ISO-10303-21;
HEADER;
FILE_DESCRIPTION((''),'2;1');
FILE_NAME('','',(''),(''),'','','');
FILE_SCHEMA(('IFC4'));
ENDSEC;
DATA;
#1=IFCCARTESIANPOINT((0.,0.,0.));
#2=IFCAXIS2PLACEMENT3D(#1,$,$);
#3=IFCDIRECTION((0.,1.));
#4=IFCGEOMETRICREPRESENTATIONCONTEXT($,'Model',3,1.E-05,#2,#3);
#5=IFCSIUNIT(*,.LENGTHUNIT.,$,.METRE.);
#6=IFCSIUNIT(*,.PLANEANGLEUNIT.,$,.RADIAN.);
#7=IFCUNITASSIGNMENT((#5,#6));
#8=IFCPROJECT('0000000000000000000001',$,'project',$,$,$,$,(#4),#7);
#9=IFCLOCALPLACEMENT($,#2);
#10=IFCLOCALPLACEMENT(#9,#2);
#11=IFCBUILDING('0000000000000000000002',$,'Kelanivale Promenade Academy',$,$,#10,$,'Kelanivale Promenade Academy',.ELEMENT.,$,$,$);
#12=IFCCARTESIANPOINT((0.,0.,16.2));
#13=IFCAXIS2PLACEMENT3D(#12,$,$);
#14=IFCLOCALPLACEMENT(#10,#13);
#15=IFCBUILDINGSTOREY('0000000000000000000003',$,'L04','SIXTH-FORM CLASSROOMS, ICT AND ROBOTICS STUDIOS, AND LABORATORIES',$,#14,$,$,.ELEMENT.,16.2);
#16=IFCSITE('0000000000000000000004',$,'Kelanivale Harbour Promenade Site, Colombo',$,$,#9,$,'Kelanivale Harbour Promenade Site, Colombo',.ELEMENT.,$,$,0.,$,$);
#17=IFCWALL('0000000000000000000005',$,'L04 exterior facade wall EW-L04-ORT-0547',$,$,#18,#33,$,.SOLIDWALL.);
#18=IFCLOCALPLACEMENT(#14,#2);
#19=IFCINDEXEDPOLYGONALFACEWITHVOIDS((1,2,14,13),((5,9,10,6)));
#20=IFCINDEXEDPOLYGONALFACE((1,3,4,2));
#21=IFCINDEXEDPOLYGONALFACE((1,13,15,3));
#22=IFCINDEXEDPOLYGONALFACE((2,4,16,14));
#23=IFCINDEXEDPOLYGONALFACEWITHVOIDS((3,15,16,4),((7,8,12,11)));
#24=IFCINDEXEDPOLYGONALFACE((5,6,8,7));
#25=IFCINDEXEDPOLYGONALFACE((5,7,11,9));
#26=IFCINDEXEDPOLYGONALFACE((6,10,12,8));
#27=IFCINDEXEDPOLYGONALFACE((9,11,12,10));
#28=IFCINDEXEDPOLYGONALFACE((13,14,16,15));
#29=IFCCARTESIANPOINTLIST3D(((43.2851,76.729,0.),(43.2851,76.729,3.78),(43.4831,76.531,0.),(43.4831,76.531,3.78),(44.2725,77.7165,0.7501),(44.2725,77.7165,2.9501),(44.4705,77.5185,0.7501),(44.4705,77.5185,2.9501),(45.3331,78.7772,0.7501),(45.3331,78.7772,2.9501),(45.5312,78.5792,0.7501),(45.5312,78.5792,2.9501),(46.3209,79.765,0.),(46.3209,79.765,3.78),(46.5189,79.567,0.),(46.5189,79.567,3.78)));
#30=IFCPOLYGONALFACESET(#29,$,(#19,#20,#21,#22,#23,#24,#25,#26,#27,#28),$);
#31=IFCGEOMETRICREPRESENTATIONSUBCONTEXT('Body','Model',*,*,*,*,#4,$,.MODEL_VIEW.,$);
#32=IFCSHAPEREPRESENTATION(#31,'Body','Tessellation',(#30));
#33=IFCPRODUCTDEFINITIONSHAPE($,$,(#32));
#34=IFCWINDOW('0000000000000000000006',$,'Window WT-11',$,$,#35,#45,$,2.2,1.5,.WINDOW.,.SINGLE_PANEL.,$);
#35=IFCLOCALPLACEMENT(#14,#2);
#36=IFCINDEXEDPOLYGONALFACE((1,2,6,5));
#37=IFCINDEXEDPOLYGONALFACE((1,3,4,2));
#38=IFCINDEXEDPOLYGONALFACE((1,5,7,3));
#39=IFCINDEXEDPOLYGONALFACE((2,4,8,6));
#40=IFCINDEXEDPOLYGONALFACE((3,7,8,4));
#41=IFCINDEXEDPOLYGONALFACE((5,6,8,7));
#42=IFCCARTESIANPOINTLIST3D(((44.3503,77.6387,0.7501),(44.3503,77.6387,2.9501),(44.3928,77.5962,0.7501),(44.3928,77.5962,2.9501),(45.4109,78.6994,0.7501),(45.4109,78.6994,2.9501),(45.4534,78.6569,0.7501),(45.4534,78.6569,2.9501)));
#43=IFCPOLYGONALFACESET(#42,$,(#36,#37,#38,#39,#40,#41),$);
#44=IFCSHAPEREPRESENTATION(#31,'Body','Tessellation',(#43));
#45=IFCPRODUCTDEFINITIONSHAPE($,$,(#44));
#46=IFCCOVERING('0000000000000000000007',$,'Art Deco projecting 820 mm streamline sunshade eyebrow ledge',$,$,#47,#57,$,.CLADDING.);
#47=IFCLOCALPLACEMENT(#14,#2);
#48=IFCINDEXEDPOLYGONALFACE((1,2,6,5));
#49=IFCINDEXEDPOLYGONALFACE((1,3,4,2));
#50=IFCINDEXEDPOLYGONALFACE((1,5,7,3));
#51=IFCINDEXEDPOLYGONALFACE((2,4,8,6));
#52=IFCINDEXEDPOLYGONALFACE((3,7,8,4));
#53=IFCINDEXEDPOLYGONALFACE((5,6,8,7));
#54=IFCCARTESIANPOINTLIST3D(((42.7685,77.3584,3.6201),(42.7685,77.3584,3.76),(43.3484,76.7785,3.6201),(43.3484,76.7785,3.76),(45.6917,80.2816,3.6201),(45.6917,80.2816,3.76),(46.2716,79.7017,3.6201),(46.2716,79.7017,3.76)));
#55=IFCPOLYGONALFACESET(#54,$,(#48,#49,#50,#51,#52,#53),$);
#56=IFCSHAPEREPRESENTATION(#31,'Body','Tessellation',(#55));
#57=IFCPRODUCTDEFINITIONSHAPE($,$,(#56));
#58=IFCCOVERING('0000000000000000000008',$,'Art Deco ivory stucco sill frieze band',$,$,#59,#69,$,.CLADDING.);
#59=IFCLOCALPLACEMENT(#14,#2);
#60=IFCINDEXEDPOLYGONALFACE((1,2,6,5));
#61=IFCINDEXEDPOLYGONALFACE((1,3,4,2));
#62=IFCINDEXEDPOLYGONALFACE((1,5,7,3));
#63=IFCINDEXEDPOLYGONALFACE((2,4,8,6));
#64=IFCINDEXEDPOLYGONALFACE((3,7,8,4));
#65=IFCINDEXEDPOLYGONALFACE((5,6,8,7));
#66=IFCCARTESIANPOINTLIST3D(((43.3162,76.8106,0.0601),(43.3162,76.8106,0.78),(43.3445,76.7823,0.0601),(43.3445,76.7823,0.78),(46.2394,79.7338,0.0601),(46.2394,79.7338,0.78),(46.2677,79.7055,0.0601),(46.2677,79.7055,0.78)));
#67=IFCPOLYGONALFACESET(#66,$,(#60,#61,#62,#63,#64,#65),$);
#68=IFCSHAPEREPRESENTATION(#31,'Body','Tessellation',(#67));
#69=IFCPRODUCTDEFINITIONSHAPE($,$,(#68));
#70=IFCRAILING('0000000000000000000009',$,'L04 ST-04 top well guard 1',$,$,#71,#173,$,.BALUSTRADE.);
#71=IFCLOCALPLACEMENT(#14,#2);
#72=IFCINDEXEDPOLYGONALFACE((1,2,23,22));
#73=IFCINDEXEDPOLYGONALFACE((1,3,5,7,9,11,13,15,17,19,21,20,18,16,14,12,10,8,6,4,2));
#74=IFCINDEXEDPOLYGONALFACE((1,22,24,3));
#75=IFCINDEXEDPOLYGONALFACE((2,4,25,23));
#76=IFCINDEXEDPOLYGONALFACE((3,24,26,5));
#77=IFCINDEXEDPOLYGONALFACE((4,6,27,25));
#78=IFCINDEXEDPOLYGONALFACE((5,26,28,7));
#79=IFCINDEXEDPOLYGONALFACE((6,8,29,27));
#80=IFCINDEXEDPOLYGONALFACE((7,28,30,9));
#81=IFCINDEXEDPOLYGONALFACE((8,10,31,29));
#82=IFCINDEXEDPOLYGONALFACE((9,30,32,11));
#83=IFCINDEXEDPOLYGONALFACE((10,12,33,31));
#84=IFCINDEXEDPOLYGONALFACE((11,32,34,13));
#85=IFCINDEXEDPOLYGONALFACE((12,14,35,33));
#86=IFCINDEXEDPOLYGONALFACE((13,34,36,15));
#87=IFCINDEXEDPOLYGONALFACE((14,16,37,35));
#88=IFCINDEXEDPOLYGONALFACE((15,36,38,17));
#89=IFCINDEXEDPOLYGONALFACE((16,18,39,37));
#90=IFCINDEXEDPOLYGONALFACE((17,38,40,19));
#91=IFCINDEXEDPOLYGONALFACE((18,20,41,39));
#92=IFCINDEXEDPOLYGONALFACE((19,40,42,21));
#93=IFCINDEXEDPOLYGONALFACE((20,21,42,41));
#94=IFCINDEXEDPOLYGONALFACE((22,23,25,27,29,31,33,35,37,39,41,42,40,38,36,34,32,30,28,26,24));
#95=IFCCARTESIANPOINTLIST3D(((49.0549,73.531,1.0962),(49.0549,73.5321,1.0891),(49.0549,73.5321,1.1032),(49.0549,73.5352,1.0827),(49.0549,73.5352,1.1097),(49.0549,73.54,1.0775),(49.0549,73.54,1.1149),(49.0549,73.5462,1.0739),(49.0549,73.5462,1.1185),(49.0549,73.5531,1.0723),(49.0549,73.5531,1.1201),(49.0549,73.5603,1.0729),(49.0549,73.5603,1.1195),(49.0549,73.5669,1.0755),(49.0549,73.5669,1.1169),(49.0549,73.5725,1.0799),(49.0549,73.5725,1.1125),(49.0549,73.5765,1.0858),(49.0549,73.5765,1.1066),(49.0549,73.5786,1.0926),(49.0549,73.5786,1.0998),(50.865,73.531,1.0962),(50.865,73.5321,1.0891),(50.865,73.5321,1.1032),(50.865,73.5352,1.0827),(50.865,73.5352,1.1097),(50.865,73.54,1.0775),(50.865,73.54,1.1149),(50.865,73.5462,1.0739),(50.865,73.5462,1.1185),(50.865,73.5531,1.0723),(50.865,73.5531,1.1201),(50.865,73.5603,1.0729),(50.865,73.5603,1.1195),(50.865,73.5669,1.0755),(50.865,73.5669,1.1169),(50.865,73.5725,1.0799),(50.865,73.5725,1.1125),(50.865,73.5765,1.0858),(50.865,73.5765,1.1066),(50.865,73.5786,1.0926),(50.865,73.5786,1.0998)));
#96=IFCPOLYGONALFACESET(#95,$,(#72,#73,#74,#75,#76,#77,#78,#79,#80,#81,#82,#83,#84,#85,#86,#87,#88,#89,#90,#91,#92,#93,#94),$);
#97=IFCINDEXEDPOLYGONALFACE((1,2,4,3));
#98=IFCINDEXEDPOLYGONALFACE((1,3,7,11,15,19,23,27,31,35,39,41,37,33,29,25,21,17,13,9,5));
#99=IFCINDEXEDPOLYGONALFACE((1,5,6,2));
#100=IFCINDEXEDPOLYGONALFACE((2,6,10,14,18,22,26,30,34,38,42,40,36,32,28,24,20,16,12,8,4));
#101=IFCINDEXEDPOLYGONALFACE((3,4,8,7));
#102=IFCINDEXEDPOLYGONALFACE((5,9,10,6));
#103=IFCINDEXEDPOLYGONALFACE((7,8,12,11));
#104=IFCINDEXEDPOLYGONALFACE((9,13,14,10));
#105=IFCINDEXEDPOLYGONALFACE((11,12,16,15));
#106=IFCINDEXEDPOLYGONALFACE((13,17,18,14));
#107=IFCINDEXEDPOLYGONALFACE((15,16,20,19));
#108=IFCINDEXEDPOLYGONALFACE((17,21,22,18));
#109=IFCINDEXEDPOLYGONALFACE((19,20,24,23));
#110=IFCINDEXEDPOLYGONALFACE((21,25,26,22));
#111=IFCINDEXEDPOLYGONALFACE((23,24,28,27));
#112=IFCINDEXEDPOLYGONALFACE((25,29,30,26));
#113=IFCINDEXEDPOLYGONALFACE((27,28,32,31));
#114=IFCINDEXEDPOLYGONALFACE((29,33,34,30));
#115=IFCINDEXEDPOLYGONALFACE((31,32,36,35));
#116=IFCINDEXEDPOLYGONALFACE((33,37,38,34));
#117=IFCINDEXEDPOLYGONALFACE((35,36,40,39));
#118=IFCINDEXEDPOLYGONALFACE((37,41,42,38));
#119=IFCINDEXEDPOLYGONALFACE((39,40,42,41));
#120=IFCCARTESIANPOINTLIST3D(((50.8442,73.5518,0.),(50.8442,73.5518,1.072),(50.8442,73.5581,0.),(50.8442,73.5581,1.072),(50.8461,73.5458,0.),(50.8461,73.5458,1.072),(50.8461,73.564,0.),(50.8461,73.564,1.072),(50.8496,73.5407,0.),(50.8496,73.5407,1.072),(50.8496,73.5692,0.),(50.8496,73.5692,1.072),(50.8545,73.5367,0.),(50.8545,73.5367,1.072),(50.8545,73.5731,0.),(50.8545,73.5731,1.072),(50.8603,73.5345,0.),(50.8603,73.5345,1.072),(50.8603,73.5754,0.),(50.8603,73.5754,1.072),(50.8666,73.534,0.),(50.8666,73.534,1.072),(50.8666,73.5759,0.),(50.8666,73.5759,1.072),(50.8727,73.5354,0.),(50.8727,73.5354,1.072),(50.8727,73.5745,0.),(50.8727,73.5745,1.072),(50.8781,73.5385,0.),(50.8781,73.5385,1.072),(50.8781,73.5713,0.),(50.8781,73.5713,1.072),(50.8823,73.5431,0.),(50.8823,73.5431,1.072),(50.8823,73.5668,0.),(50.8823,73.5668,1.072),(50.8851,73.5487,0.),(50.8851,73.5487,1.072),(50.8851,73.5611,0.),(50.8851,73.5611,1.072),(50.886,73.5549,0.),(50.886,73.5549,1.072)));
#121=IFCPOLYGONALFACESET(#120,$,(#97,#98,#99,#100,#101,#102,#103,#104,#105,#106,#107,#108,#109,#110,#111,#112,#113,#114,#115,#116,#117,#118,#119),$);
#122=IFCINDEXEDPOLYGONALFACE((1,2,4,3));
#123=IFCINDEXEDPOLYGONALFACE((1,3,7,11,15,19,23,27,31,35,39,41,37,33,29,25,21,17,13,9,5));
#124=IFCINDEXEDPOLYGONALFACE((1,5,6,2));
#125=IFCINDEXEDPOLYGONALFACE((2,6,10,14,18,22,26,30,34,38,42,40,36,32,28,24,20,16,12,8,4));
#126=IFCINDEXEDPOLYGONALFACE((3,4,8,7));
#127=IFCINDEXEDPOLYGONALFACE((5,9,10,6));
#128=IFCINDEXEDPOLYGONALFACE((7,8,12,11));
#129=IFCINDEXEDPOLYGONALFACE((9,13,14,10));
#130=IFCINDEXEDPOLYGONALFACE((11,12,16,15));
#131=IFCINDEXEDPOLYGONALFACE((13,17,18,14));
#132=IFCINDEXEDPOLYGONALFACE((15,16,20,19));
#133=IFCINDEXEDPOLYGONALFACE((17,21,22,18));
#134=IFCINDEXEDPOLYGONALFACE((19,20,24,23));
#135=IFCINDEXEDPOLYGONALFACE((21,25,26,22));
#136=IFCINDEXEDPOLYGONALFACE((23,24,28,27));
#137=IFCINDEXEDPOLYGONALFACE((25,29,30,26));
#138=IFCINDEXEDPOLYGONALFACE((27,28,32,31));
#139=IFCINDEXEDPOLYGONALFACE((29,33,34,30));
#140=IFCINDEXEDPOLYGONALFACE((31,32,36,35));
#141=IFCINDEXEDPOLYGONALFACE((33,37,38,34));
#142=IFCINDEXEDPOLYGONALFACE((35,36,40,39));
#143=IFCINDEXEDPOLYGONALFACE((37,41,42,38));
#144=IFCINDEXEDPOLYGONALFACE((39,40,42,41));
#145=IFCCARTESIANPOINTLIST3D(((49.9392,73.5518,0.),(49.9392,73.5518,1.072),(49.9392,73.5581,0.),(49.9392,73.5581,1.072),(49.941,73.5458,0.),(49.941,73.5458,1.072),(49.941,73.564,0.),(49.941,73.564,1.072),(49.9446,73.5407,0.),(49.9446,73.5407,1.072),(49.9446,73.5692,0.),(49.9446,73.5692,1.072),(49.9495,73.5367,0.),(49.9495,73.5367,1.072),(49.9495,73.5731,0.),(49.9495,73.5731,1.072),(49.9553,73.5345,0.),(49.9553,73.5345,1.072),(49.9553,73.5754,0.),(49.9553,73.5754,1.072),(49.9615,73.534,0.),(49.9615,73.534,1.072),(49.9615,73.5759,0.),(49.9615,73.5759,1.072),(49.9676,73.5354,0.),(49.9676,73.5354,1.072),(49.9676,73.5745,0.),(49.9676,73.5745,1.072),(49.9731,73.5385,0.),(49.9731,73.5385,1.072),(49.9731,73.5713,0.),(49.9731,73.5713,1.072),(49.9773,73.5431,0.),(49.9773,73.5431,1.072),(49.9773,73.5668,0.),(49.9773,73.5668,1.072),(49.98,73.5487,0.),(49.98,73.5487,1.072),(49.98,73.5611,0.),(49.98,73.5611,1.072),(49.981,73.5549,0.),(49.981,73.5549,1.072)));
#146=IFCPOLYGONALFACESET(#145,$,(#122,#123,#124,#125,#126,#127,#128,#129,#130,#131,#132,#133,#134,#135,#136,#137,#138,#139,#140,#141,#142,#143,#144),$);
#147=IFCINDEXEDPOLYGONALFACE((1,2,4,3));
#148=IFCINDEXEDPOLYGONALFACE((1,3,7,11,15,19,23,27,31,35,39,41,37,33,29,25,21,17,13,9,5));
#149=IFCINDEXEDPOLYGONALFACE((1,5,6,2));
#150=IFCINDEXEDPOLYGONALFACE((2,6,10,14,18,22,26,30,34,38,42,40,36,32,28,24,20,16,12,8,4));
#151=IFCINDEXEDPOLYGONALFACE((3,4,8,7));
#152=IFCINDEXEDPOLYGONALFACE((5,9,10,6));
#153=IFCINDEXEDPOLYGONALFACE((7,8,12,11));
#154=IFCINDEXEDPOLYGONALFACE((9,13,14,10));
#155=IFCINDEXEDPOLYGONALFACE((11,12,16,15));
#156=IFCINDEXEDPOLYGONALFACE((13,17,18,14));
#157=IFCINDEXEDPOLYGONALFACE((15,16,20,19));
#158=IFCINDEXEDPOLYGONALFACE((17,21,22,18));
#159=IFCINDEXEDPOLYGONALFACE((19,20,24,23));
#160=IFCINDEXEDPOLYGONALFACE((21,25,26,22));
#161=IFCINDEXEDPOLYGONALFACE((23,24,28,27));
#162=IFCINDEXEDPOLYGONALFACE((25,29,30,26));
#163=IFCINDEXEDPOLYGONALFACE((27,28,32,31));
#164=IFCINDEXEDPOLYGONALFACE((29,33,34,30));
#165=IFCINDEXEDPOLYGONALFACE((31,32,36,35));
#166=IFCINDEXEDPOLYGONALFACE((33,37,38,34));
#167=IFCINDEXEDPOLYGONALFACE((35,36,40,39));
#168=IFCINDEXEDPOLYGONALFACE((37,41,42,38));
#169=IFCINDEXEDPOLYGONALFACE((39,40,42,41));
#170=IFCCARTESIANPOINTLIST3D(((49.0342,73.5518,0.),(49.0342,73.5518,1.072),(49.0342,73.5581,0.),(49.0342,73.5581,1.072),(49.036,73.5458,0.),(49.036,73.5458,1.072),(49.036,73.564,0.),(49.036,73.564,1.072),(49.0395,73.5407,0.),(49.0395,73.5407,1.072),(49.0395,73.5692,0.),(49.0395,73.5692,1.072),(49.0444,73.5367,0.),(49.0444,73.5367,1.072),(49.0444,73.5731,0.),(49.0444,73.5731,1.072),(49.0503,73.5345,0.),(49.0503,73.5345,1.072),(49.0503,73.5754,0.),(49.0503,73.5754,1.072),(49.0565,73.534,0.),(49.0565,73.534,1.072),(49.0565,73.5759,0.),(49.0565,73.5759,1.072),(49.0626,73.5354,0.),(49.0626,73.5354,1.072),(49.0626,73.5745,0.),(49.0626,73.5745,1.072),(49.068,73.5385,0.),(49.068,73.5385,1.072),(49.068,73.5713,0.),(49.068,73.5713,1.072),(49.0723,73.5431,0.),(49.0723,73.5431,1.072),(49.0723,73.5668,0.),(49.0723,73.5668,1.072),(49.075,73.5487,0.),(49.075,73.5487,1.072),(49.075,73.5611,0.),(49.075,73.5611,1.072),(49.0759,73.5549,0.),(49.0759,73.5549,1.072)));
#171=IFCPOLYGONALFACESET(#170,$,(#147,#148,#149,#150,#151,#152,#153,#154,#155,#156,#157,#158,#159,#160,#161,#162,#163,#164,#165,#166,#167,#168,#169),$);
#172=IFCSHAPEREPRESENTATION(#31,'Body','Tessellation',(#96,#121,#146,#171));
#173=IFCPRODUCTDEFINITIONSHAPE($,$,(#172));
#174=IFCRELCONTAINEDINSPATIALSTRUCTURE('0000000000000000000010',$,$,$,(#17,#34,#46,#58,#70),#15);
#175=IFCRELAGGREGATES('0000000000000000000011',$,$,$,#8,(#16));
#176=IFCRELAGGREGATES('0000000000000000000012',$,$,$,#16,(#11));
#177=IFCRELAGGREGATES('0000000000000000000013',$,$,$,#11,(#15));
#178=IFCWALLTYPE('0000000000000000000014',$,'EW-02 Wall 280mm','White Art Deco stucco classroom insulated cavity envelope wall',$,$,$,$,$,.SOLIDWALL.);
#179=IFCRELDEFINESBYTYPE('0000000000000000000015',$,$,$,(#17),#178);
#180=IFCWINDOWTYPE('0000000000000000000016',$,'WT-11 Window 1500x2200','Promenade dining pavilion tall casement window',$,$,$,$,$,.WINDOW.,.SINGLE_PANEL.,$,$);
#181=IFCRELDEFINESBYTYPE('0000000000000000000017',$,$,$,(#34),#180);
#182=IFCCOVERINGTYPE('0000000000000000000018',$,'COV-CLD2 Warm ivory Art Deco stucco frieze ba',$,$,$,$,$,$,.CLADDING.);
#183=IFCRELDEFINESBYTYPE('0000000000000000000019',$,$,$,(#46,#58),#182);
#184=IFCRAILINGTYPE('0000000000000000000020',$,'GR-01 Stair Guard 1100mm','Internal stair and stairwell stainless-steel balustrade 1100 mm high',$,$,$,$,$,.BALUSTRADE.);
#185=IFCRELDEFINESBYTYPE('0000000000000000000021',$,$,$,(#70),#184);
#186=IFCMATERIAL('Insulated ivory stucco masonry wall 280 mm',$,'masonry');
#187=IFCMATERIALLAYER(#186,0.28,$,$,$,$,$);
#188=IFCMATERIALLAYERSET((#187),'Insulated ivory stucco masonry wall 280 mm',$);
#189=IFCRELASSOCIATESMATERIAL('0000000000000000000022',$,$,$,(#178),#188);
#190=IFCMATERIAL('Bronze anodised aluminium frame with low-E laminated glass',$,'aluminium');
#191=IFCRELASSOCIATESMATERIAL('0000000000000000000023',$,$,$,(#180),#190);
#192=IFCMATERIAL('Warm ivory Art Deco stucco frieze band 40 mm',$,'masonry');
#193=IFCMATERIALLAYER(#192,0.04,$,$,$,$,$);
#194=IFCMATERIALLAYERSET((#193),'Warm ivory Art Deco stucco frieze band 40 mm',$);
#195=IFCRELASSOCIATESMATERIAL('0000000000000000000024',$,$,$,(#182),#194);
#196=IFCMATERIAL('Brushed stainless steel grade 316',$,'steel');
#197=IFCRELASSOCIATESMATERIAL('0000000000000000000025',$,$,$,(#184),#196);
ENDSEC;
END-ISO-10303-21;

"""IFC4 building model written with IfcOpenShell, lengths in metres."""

from ifc_helpers import new_model, si_unit, direction, frame, frame_2d, origin, origin_2d, place, context, subcontext, project, spatial, rectangle, circle, extrude, material, layer, layer_set, type_object, element, fill, save


model = new_model("IFC4")

# Units and contexts
model_context = context("Model", 3, precision=1e-05, world=origin(), true_north=direction((0.0, 1.0)))
body_context = subcontext(model_context, "Body", "Model", "MODEL_VIEW")
ifc_project = project(units=[si_unit("LENGTHUNIT", "METRE"), si_unit("PLANEANGLEUNIT", "RADIAN")], contexts=[model_context])

# Site, building, storey
site_placement = place(None, origin())
site = spatial("IfcSite", under=ifc_project, at=site_placement, Name="Kelanivale Harbour Promenade Site, Colombo", LongName="Kelanivale Harbour Promenade Site, Colombo", CompositionType="ELEMENT", RefElevation=0.0)
building_placement = place(site_placement, origin())
building = spatial("IfcBuilding", under=site, at=building_placement, Name="Kelanivale Promenade Academy", LongName="Kelanivale Promenade Academy", CompositionType="ELEMENT")
storey_placement = place(building_placement, frame((0.0, 0.0, 16.2)))
storey = spatial("IfcBuildingStorey", under=building, at=storey_placement, Name="L04", Description="SIXTH-FORM CLASSROOMS, ICT AND ROBOTICS STUDIOS, AND LABORATORIES", CompositionType="ELEMENT", Elevation=16.2)

# Shared definitions
ifc_material_1 = material(Name="Insulated ivory stucco masonry wall 280 mm", Category="masonry")
ifc_layer_1 = layer(ifc_material_1, 0.28)
ifc_layer_set_1 = layer_set([ifc_layer_1], Name="Insulated ivory stucco masonry wall 280 mm")
wall_type_1 = type_object("IfcWallType", Name="EW-02 Wall 280mm", Description="White Art Deco stucco classroom insulated cavity envelope wall", PredefinedType="SOLIDWALL", material=ifc_layer_set_1)

# Wall, opening, window
wall_1_placement = place(storey_placement, frame((46.4199, 79.666, 0.0), z_axis=(0.0, 0.0, 1.0), x_axis=(-0.707078, -0.707135, 0.0)))
wall_1 = element("IfcWall", 1, at=wall_1_placement, inside=storey, type_object=wall_type_1, Name="L04 exterior facade wall EW-L04-ORT-0547", PredefinedType="SOLIDWALL", context=body_context, shape_type="SweptSolid", body=[
    extrude(rectangle(XDim=4.2935, YDim=0.28, at=frame_2d((2.1467, 0.0))), origin(), (0.0, 0.0, 1.0), 3.78),
])
opening_1_placement = place(wall_1_placement, frame((1.397, 0.0, 0.75)))
opening_1 = element("IfcOpeningElement", 2, at=opening_1_placement, cuts=wall_1, PredefinedType="OPENING", context=body_context, shape_type="SweptSolid", body=[
    extrude(rectangle(XDim=1.5, YDim=2.2, at=frame_2d((0.75, 1.1001))), frame((0.0, 0.1499, 0.0), z_axis=(0.0, -1.0, 0.0), x_axis=(1.0, 0.0, 0.0)), (0.0, 0.0, 1.0), 0.3),
])
ifc_material_2 = material(Name="Bronze anodised aluminium frame with low-E laminated glass", Category="aluminium")
window_type = type_object("IfcWindowType", Name="WT-11 Window 1500x2200", Description="Promenade dining pavilion tall casement window", PartitioningType="SINGLE_PANEL", PredefinedType="WINDOW", material=ifc_material_2)
window_placement = place(opening_1_placement, origin())
window = element("IfcWindow", 3, at=window_placement, inside=storey, type_object=window_type, Name="Window WT-11", OverallHeight=2.2, OverallWidth=1.5, PartitioningType="SINGLE_PANEL", PredefinedType="WINDOW", context=body_context, shape_type="SweptSolid", body=[
    extrude(rectangle(XDim=1.5, YDim=2.2, at=frame_2d((0.75, 1.1001))), frame((0.0, 0.03, 0.0), z_axis=(0.0, -1.0, 0.0), x_axis=(1.0, 0.0, 0.0)), (0.0, 0.0, 1.0), 0.0601),
])
fill(opening_1, window)

# Coverings
ifc_material_3 = material(Name="Warm ivory Art Deco stucco frieze band 40 mm", Category="masonry")
ifc_layer_2 = layer(ifc_material_3, 0.04)
ifc_layer_set_2 = layer_set([ifc_layer_2], Name="Warm ivory Art Deco stucco frieze band 40 mm")
covering_type = type_object("IfcCoveringType", Name="COV-CLD2 Warm ivory Art Deco stucco frieze ba", PredefinedType="CLADDING", material=ifc_layer_set_2)
covering_1_placement = place(storey_placement, frame((44.52, 78.53, 3.6201), z_axis=(0.0, 0.0, 1.0), x_axis=(-0.707107, -0.707107, 0.0)))
element("IfcCovering", 4, at=covering_1_placement, inside=storey, type_object=covering_type, Name="Art Deco projecting 820 mm streamline sunshade eyebrow ledge", PredefinedType="CLADDING", context=body_context, shape_type="SweptSolid", body=[
    extrude(rectangle(XDim=4.134, YDim=0.8201, at=origin_2d()), origin(), (0.0, 0.0, 1.0), 0.1399),
])
covering_2_placement = place(storey_placement, frame((44.792, 78.2581, 0.0601), z_axis=(0.0, 0.0, 1.0), x_axis=(-0.707107, -0.707107, 0.0)))
element("IfcCovering", 5, at=covering_2_placement, inside=storey, type_object=covering_type, Name="Art Deco ivory stucco sill frieze band", PredefinedType="CLADDING", context=body_context, shape_type="SweptSolid", body=[
    extrude(rectangle(XDim=4.134, YDim=0.04, at=origin_2d()), origin(), (0.0, 0.0, 1.0), 0.72),
])

# Railing
ifc_material_4 = material(Name="Brushed stainless steel grade 316", Category="steel")
railing_type = type_object("IfcRailingType", Name="GR-01 Stair Guard 1100mm", Description="Internal stair and stairwell stainless-steel balustrade 1100 mm high", PredefinedType="BALUSTRADE", material=ifc_material_4)
railing_placement = place(storey_placement, frame((50.865, 73.5549, 0.0)))
element("IfcRailing", 6, at=railing_placement, inside=storey, type_object=railing_type, Name="L04 ST-04 top well guard 1", PredefinedType="BALUSTRADE", context=body_context, shape_type="SweptSolid", body=[
    extrude(circle(Radius=0.0239, at=origin_2d()), frame((0.0, 0.0, 1.0962), z_axis=(-1.0, 0.0, 0.0), x_axis=(0.0, -1.0, 0.0)), (0.0, 0.0, 1.0), 1.8101),
    extrude(circle(Radius=0.021, at=origin_2d()), origin(), (0.0, 0.0, 1.0), 1.072),
    extrude(circle(Radius=0.021, at=origin_2d()), frame((-0.905, 0.0, 0.0)), (0.0, 0.0, 1.0), 1.072),
    extrude(circle(Radius=0.021, at=origin_2d()), frame((-1.8101, 0.0, 0.0)), (0.0, 0.0, 1.0), 1.072),
])

save(model, "model.ifc")
